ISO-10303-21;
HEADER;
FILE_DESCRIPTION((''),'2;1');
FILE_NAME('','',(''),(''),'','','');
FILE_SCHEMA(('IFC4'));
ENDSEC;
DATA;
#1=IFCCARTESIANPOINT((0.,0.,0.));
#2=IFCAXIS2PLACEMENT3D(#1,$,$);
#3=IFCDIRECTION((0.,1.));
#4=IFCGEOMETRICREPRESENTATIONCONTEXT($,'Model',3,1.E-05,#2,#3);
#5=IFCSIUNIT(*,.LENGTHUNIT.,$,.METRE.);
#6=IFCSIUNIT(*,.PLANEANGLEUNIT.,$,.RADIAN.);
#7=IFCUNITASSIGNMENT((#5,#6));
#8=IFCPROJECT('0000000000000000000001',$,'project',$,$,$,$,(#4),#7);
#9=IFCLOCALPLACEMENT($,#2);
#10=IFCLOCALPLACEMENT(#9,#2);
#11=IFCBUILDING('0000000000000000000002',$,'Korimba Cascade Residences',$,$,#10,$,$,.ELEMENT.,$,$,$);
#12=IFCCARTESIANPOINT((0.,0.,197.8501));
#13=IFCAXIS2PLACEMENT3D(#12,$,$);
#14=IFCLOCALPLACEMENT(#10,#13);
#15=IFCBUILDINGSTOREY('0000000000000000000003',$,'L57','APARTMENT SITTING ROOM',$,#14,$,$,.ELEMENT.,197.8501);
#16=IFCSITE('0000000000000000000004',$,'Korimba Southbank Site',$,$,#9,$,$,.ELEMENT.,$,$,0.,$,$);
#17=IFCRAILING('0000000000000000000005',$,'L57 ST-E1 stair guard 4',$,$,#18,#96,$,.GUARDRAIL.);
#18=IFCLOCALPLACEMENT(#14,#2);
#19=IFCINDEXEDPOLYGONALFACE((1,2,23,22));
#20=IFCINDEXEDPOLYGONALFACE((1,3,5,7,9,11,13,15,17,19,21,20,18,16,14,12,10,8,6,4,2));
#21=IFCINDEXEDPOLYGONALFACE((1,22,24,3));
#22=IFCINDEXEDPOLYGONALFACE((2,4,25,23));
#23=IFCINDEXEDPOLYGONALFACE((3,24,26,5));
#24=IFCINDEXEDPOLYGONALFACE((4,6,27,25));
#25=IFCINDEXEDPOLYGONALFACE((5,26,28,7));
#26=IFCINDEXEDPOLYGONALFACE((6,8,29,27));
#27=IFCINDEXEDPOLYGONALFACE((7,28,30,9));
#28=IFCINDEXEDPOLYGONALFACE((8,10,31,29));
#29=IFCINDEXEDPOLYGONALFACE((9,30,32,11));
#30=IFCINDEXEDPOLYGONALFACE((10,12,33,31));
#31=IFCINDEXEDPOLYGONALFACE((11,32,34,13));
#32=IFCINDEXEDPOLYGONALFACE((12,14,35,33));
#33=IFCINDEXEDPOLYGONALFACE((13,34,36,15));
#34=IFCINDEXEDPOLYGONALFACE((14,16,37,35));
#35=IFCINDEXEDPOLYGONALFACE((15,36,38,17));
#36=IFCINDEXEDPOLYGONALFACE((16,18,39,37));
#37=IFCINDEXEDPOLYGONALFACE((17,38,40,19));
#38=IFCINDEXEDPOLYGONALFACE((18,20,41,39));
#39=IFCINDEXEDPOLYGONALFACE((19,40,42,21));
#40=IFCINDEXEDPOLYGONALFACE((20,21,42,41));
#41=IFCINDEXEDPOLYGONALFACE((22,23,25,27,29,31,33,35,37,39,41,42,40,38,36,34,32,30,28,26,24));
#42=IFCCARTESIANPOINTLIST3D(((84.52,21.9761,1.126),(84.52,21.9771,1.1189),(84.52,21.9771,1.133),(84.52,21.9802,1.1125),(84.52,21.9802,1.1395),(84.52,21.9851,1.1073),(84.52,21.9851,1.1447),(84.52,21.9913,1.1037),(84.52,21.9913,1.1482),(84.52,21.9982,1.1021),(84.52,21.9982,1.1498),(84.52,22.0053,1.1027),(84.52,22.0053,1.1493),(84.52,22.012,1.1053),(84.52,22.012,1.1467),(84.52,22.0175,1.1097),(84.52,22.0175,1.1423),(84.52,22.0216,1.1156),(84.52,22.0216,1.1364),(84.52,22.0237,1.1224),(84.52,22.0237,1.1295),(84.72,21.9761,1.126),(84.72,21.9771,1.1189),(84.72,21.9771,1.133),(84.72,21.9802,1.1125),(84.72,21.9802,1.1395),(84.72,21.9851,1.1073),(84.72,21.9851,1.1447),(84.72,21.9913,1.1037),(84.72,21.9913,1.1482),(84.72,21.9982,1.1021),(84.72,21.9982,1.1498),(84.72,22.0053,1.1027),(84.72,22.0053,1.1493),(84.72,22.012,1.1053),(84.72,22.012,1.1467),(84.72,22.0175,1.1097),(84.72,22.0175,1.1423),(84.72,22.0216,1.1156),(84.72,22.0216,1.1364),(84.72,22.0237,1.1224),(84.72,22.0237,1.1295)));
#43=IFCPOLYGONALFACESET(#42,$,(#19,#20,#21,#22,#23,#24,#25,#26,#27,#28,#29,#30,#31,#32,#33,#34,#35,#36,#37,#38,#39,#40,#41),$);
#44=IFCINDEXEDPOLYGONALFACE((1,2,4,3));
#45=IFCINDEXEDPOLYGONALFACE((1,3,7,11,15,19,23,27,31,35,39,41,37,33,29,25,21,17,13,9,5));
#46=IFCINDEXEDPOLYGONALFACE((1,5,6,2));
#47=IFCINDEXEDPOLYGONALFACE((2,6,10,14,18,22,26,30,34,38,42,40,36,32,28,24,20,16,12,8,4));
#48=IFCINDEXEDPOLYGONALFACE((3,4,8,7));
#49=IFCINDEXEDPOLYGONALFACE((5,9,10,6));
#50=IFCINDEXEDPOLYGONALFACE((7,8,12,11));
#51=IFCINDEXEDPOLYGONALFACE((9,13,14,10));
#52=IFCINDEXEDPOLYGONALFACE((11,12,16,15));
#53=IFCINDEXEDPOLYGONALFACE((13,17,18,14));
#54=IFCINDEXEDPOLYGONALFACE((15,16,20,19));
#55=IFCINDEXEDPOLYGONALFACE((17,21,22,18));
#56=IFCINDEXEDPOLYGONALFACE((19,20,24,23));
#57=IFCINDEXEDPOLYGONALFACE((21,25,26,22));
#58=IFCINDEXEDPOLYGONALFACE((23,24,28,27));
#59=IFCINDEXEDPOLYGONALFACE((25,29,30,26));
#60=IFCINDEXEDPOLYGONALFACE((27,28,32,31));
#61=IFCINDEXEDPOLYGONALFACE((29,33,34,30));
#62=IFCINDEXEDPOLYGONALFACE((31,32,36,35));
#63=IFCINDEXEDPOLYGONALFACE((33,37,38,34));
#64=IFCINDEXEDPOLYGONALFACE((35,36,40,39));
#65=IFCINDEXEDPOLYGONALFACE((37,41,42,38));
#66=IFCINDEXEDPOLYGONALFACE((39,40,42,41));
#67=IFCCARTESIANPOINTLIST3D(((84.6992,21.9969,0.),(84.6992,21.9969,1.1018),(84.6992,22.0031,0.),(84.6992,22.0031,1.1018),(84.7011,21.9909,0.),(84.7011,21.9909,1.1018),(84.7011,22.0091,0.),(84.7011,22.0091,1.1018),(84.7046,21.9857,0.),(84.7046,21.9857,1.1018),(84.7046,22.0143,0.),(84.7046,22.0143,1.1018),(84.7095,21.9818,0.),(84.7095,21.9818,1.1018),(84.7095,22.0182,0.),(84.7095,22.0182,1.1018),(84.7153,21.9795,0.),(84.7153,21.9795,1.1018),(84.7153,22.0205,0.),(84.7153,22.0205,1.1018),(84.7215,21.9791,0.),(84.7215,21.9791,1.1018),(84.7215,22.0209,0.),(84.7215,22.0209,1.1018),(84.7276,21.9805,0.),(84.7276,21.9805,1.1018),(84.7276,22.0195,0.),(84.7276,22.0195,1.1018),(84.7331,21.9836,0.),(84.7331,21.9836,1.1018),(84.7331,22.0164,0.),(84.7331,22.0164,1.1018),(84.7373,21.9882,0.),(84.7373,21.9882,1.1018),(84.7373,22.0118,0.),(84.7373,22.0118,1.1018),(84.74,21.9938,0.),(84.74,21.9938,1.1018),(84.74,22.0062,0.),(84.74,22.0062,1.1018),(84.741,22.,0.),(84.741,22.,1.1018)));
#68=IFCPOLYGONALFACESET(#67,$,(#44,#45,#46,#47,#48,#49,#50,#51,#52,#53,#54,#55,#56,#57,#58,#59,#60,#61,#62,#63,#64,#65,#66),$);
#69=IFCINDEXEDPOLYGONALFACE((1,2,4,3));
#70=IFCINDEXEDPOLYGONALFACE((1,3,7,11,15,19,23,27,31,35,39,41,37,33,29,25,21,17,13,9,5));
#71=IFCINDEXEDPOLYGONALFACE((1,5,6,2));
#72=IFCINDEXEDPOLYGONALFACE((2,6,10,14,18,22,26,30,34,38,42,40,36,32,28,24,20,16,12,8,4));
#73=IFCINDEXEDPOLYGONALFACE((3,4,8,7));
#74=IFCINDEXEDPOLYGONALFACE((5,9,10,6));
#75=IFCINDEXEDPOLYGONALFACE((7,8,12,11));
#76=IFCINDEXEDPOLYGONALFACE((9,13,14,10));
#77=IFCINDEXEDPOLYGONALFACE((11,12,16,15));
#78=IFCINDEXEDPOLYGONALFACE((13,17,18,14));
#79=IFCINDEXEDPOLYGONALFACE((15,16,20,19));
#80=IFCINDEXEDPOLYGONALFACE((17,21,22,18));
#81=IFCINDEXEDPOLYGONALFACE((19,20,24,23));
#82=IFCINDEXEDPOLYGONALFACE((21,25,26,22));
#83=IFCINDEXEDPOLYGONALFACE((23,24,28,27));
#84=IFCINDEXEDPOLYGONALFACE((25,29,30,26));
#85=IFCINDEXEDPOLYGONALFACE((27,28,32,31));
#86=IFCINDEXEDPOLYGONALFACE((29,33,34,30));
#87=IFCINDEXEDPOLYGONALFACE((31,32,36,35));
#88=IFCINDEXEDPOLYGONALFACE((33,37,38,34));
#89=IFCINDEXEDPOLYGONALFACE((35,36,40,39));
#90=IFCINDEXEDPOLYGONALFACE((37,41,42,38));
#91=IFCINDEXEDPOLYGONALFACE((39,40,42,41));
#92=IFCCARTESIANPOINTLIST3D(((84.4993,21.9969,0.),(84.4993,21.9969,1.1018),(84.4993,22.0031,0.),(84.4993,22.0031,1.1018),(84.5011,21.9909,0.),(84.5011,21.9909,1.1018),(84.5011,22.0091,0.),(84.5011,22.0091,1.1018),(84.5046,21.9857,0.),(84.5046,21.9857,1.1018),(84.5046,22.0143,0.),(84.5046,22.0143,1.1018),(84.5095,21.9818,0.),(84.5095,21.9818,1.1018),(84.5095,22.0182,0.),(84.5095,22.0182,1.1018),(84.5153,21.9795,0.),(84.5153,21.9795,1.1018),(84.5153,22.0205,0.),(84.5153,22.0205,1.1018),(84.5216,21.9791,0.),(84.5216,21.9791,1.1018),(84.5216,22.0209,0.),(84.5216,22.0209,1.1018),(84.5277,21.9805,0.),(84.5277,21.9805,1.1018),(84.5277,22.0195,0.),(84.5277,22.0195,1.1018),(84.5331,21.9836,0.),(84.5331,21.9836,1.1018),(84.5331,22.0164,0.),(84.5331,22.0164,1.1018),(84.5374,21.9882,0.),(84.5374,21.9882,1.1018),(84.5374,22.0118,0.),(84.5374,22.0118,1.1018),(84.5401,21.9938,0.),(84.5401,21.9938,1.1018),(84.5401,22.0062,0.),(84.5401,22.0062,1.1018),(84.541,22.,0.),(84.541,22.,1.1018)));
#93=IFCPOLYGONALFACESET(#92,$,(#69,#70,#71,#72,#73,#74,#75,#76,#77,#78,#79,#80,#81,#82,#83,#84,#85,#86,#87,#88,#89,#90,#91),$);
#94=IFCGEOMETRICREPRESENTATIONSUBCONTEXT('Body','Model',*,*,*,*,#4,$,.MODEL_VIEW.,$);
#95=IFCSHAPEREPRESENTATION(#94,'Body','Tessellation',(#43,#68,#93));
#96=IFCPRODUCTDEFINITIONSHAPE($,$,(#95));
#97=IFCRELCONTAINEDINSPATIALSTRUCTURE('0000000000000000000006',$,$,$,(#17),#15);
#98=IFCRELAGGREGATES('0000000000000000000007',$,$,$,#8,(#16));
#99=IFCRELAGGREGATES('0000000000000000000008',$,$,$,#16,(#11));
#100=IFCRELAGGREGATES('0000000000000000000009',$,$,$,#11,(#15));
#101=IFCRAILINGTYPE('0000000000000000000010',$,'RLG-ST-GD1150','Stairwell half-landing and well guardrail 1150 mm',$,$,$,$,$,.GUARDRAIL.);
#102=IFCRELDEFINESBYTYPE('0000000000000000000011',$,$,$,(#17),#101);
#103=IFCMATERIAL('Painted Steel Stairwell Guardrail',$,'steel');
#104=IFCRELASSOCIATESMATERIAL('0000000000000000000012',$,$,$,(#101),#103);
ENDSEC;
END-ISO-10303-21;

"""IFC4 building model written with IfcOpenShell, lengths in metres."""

from ifc_helpers import new_model, si_unit, direction, frame, origin, origin_2d, place, context, subcontext, project, spatial, circle, extrude, material, type_object, element, save


model = new_model("IFC4")

# Units and contexts
model_context = context("Model", 3, precision=1e-05, world=origin(), true_north=direction((0.0, 1.0)))
body_context = subcontext(model_context, "Body", "Model", "MODEL_VIEW")
ifc_project = project(units=[si_unit("LENGTHUNIT", "METRE"), si_unit("PLANEANGLEUNIT", "RADIAN")], contexts=[model_context])

# Site, building, storey
site_placement = place(None, origin())
site = spatial("IfcSite", under=ifc_project, at=site_placement, Name="Korimba Southbank Site", CompositionType="ELEMENT", RefElevation=0.0)
building_placement = place(site_placement, origin())
building = spatial("IfcBuilding", under=site, at=building_placement, Name="Korimba Cascade Residences", CompositionType="ELEMENT")
storey_placement = place(building_placement, frame((0.0, 0.0, 197.8501)))
storey = spatial("IfcBuildingStorey", under=building, at=storey_placement, Name="L57", Description="APARTMENT SITTING ROOM", CompositionType="ELEMENT", Elevation=197.8501)

# Railing
ifc_material_1 = material(Name="Painted Steel Stairwell Guardrail", Category="steel")
railing_type_1 = type_object("IfcRailingType", Name="RLG-ST-GD1150", Description="Stairwell half-landing and well guardrail 1150 mm", PredefinedType="GUARDRAIL", material=ifc_material_1)
railing_1_placement = place(storey_placement, frame((84.72, 22.0, 0.0)))
element("IfcRailing", 1, at=railing_1_placement, inside=storey, type_object=railing_type_1, Name="L57 ST-E1 stair guard 4", PredefinedType="GUARDRAIL", context=body_context, shape_type="SweptSolid", body=[
    extrude(circle(Radius=0.0239, at=origin_2d()), frame((0.0, 0.0, 1.126), z_axis=(-1.0, 0.0, 0.0), x_axis=(0.0, -1.0, 0.0)), (0.0, 0.0, 1.0), 0.2),
    extrude(circle(Radius=0.021, at=origin_2d()), origin(), (0.0, 0.0, 1.0), 1.1018),
    extrude(circle(Radius=0.021, at=origin_2d()), frame((-0.2, 0.0, 0.0)), (0.0, 0.0, 1.0), 1.1018),
])

save(model, "model.ifc")
